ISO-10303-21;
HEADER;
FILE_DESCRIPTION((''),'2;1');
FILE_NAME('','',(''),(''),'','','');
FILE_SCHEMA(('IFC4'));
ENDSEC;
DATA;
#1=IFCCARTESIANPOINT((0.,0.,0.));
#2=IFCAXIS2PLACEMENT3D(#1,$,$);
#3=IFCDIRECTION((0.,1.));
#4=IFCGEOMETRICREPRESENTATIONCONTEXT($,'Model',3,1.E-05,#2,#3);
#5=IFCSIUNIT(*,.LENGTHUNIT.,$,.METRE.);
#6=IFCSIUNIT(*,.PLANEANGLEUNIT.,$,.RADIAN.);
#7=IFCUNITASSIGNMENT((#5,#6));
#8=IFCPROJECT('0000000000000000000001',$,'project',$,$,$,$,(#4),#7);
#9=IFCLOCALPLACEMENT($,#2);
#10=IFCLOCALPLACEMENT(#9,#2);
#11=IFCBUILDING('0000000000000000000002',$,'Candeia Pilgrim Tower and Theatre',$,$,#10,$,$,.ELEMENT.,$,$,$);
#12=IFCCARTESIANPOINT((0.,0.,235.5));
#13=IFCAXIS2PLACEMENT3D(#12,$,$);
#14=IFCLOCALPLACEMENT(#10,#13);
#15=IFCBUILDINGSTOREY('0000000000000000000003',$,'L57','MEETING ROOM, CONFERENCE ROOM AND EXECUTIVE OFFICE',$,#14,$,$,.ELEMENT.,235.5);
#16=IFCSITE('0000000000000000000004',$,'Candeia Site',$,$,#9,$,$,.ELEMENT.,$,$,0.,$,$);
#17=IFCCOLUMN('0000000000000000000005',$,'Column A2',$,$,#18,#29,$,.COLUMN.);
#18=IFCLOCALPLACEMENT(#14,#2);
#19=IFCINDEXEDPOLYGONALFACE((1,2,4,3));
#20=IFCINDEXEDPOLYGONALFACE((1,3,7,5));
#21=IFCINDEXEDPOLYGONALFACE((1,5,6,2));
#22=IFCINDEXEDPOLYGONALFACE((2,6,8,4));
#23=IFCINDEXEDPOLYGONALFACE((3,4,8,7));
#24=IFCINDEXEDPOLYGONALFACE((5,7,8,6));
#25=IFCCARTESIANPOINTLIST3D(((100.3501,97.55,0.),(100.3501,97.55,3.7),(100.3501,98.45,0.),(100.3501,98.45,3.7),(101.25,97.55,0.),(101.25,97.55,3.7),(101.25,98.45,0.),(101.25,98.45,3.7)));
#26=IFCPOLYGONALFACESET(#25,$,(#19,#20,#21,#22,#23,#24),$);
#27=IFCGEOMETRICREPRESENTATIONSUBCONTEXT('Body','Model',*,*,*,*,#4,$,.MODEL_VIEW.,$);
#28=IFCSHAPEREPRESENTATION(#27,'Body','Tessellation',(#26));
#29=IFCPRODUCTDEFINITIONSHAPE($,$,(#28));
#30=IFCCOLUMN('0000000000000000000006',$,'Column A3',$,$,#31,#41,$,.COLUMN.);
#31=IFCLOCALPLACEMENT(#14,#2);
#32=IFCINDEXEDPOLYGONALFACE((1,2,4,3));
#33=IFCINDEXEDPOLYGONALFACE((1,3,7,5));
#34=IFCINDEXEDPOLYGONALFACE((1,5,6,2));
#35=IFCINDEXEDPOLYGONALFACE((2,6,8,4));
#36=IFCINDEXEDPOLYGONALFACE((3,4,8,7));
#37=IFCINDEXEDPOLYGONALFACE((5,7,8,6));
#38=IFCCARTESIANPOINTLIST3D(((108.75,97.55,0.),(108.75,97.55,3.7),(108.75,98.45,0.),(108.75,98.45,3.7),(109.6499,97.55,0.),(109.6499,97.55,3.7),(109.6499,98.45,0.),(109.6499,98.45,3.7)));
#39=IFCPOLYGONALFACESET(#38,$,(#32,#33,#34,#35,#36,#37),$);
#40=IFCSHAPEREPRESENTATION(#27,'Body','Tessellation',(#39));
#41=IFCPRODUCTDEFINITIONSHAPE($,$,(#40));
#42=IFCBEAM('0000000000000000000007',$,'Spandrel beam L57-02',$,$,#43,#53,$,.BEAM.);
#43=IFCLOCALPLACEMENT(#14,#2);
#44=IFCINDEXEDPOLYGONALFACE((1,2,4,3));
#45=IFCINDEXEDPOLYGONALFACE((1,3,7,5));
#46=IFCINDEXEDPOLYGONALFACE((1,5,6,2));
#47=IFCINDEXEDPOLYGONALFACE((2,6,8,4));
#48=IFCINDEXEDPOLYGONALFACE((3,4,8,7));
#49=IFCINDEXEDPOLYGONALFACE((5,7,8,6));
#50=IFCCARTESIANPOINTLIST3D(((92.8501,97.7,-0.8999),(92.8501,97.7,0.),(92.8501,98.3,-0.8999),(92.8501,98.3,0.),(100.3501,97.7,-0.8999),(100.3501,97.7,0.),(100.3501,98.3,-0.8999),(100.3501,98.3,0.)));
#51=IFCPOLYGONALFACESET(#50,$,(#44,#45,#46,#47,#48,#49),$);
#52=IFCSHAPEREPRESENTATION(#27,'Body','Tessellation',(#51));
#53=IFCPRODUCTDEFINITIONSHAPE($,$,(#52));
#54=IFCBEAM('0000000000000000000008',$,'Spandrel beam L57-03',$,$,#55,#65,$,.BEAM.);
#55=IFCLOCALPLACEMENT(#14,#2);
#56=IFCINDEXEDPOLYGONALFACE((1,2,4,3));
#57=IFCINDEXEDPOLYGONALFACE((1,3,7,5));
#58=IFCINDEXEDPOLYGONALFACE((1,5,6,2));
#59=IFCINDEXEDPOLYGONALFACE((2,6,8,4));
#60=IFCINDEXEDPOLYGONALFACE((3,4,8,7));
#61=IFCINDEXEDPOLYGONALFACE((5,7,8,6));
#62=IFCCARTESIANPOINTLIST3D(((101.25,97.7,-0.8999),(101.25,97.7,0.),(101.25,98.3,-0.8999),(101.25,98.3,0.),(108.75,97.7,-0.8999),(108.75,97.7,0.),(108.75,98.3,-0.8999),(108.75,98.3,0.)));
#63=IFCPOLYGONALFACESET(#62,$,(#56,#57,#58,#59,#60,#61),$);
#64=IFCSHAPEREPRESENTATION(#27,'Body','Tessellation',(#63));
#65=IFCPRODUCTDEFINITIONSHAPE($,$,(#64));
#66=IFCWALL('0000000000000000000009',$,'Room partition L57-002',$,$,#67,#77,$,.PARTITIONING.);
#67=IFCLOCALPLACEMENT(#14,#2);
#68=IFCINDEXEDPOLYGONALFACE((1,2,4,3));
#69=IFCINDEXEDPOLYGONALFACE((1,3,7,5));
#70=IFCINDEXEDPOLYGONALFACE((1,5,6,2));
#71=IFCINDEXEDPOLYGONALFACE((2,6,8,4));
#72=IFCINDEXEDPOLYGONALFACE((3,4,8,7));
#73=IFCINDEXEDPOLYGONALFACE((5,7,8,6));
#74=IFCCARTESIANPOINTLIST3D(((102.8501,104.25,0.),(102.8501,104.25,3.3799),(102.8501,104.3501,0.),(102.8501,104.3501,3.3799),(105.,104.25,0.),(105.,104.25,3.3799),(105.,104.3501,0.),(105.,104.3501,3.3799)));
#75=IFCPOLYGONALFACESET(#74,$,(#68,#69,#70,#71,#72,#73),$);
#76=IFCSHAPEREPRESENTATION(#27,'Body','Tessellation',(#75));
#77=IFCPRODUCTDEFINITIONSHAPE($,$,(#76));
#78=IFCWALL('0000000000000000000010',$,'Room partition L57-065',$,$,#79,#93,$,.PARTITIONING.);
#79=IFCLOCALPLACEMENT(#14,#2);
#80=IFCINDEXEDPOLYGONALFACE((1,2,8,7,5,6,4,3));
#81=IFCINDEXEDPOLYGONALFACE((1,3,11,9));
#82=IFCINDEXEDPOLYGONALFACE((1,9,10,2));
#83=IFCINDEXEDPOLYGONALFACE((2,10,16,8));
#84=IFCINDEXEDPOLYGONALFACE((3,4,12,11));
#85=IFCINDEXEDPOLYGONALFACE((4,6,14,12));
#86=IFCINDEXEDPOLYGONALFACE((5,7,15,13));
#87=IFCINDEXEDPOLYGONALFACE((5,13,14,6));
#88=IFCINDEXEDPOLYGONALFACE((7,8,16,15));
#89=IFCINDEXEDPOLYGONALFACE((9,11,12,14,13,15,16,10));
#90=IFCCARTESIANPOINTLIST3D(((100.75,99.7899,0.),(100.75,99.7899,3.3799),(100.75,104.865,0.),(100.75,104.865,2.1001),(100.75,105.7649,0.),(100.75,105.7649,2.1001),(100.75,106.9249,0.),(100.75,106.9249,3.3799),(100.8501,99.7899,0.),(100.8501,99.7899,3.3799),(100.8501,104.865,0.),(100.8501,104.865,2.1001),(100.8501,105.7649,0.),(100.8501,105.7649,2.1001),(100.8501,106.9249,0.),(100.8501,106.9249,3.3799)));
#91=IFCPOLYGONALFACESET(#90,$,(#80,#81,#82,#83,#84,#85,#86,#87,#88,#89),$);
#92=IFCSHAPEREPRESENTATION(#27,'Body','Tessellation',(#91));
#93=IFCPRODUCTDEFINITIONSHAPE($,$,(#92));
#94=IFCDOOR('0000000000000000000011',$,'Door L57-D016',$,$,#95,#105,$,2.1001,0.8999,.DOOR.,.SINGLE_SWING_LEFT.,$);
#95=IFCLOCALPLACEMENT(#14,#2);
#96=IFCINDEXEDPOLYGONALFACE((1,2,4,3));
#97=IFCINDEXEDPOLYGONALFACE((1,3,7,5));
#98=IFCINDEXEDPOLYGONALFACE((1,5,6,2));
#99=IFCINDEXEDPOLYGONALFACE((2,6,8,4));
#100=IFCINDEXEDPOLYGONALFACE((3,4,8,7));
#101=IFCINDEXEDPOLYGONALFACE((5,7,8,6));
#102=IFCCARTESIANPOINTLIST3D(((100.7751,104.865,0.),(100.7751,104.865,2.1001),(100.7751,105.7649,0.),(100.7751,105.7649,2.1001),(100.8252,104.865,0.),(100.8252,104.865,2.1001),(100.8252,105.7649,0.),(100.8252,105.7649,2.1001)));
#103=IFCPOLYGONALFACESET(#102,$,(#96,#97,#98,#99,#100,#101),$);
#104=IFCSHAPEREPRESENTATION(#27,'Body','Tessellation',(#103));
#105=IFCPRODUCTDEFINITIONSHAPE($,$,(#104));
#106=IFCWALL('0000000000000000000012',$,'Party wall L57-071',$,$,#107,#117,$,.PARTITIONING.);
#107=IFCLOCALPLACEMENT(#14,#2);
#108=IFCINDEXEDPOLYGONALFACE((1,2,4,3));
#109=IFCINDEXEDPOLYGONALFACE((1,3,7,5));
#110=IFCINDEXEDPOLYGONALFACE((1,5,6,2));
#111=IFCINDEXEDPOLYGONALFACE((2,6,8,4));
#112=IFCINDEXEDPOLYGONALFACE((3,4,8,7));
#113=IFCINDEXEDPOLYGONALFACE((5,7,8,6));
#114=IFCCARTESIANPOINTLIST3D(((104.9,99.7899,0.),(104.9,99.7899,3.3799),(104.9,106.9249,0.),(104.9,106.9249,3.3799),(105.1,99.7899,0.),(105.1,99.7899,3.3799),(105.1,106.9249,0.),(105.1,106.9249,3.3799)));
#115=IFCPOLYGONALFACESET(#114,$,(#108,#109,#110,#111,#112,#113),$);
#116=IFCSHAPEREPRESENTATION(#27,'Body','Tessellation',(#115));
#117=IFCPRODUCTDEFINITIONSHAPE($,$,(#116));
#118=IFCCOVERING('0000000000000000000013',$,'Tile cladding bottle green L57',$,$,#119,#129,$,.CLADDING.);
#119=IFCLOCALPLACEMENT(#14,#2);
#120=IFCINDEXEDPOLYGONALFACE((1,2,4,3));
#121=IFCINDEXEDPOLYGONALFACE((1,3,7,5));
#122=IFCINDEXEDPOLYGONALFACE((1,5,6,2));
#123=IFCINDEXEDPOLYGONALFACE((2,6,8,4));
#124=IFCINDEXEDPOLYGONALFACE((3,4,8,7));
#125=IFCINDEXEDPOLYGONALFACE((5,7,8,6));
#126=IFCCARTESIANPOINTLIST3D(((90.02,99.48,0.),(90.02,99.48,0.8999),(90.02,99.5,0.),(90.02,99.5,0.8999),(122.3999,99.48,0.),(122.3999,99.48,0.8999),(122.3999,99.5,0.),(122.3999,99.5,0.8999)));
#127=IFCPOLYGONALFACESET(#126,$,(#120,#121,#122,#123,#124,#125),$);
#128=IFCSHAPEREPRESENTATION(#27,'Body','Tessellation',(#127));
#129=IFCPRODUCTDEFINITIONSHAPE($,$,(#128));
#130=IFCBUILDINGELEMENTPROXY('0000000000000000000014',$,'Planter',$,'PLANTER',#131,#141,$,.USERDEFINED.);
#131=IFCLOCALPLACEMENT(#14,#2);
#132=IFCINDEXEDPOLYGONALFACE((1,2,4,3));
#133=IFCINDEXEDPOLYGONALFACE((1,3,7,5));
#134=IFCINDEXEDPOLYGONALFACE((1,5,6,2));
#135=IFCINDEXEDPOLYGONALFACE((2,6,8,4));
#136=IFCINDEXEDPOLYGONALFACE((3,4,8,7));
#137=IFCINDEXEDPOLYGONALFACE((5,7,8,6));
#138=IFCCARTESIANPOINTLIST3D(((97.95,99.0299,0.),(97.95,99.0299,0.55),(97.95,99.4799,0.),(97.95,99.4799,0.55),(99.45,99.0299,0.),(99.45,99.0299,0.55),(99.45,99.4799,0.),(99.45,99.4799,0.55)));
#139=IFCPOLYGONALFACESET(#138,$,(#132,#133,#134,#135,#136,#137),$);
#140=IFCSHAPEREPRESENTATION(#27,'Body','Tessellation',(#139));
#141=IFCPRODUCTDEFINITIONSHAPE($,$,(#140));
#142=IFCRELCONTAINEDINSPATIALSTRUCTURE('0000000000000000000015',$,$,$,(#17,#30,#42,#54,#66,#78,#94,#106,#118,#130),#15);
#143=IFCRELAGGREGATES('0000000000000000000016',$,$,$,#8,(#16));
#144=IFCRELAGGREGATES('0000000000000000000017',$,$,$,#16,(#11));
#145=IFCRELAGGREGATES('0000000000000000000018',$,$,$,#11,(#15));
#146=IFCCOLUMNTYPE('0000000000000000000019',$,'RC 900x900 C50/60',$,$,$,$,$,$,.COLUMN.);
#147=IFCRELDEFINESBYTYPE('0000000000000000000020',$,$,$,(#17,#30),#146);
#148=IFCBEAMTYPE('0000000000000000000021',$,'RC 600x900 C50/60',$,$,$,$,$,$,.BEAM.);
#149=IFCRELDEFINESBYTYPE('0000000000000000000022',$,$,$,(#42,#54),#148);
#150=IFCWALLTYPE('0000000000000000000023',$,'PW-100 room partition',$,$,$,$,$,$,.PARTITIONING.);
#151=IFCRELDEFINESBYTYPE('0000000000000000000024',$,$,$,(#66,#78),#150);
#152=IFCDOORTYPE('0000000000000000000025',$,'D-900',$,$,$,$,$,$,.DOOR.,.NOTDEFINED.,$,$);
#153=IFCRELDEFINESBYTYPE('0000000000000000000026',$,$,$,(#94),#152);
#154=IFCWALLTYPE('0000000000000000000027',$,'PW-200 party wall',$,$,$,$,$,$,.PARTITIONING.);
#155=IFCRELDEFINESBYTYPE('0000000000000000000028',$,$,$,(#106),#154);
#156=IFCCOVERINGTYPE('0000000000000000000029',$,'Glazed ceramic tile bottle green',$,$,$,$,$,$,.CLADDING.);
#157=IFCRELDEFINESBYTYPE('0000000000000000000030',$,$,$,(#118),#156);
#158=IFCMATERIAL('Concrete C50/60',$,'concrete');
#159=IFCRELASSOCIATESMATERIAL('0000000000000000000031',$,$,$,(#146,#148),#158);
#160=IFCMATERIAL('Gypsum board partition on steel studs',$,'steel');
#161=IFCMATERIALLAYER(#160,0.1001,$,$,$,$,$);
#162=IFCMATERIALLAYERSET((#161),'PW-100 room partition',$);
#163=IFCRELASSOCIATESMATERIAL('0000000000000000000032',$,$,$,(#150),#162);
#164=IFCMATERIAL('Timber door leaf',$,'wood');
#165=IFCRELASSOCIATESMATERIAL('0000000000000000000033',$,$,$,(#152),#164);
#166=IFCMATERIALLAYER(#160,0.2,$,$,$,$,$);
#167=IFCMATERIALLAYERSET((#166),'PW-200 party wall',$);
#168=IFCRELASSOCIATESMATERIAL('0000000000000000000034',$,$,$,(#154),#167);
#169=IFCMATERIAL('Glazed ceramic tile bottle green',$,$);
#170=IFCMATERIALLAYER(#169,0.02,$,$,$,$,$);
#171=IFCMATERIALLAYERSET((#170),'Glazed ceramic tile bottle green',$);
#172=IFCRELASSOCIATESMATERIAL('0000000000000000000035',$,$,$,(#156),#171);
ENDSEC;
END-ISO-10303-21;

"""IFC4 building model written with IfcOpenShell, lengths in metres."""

from ifc_helpers import new_model, si_unit, direction, frame, frame_2d, origin, origin_2d, place, context, subcontext, project, spatial, rectangle, extrude, material, layer, layer_set, material_profile, profile_set, type_object, element, fill, save


model = new_model("IFC4")

# Units and contexts
model_context = context("Model", 3, precision=1e-05, world=origin(), true_north=direction((0.0, 1.0)))
body_context = subcontext(model_context, "Body", "Model", "MODEL_VIEW")
ifc_project = project(units=[si_unit("LENGTHUNIT", "METRE"), si_unit("PLANEANGLEUNIT", "RADIAN")], contexts=[model_context])

# Site, building, storey
site_placement = place(None, origin())
site = spatial("IfcSite", under=ifc_project, at=site_placement, Name="Candeia Site", CompositionType="ELEMENT", RefElevation=0.0)
building_placement = place(site_placement, origin())
building = spatial("IfcBuilding", under=site, at=building_placement, Name="Candeia Pilgrim Tower and Theatre", CompositionType="ELEMENT")
storey_placement = place(building_placement, frame((0.0, 0.0, 235.5)))
storey = spatial("IfcBuildingStorey", under=building, at=storey_placement, Name="L57", Description="MEETING ROOM, CONFERENCE ROOM AND EXECUTIVE OFFICE", CompositionType="ELEMENT", Elevation=235.5)

# Columns
ifc_material_1 = material(Name="Concrete C50/60", Category="concrete")
ifc_material_profile_1 = material_profile(ifc_material_1, rectangle(XDim=0.8999, YDim=0.8999, at=origin_2d()))
ifc_profile_set_1 = profile_set([ifc_material_profile_1], Name="Concrete C50/60")
column_type = type_object("IfcColumnType", Name="RC 900x900 C50/60", PredefinedType="COLUMN", material=ifc_profile_set_1)
for number, where, z_axis, x_axis, name in (
    (1, (100.8, 98.0, 0.0), (0.0, 0.0, 1.0), (1.0, 0.0, 0.0), "Column A2"),
    (2, (109.2, 98.0, 0.0), (0.0, 0.0, 1.0), (1.0, 0.0, 0.0), "Column A3"),
):
    element("IfcColumn", number, at=place(storey_placement, frame(where, z_axis=z_axis, x_axis=x_axis)), inside=storey, type_object=column_type, Name=name, PredefinedType="COLUMN", context=body_context, shape_type="SweptSolid", body=[
        extrude(rectangle(XDim=0.8999, YDim=0.8999, at=origin_2d()), origin(), (0.0, 0.0, 1.0), 3.7),
    ])

# Beams
ifc_material_profile_2 = material_profile(ifc_material_1, rectangle(XDim=0.6001, YDim=0.8999, at=origin_2d()))
ifc_profile_set_2 = profile_set([ifc_material_profile_2], Name="Concrete C50/60")
beam_type = type_object("IfcBeamType", Name="RC 600x900 C50/60", PredefinedType="BEAM", material=ifc_profile_set_2)
for number, where, z_axis, x_axis, name in (
    (3, (92.8501, 98.0, -0.45), (1.0, 0.0, 0.0), (0.0, 1.0, 0.0), "Spandrel beam L57-02"),
    (4, (101.25, 98.0, -0.45), (1.0, 0.0, 0.0), (0.0, 1.0, 0.0), "Spandrel beam L57-03"),
):
    element("IfcBeam", number, at=place(storey_placement, frame(where, z_axis=z_axis, x_axis=x_axis)), inside=storey, type_object=beam_type, Name=name, PredefinedType="BEAM", context=body_context, shape_type="SweptSolid", body=[
        extrude(rectangle(XDim=0.6001, YDim=0.8999, at=origin_2d()), origin(), (0.0, 0.0, 1.0), 7.5),
    ])

# Wall
ifc_material_2 = material(Name="Gypsum board partition on steel studs", Category="steel")
ifc_layer_1 = layer(ifc_material_2, 0.1001)
ifc_layer_set_1 = layer_set([ifc_layer_1], Name="PW-100 room partition")
wall_type_1 = type_object("IfcWallType", Name="PW-100 room partition", PredefinedType="PARTITIONING", material=ifc_layer_set_1)
wall_1_placement = place(storey_placement, frame((102.8501, 104.3, 0.0), z_axis=(0.0, 0.0, 1.0), x_axis=(1.0, 0.0, 0.0)))
element("IfcWall", 5, at=wall_1_placement, inside=storey, type_object=wall_type_1, Name="Room partition L57-002", PredefinedType="PARTITIONING", context=body_context, shape_type="SweptSolid", body=[
    extrude(rectangle(XDim=2.1499, YDim=0.1001, at=frame_2d((1.075, 0.0))), origin(), (0.0, 0.0, 1.0), 3.3799),
])

# Wall, opening, door
wall_2_placement = place(storey_placement, frame((100.8, 99.79, 0.0), z_axis=(0.0, 0.0, 1.0), x_axis=(0.0, 1.0, 0.0)))
wall_2 = element("IfcWall", 6, at=wall_2_placement, inside=storey, type_object=wall_type_1, Name="Room partition L57-065", PredefinedType="PARTITIONING", context=body_context, shape_type="SweptSolid", body=[
    extrude(rectangle(XDim=7.135, YDim=0.1001, at=frame_2d((3.5674, 0.0))), origin(), (0.0, 0.0, 1.0), 3.3799),
])
opening_placement = place(wall_2_placement, frame((5.075, 0.0, 0.0)))
opening = element("IfcOpeningElement", 7, at=opening_placement, cuts=wall_2, PredefinedType="OPENING", context=body_context, shape_type="SweptSolid", body=[
    extrude(rectangle(XDim=0.8999, YDim=2.1001, at=frame_2d((0.45, 1.05))), frame((0.0, 0.0601, 0.0), z_axis=(0.0, -1.0, 0.0), x_axis=(1.0, 0.0, 0.0)), (0.0, 0.0, 1.0), 0.1201),
])
ifc_material_3 = material(Name="Timber door leaf", Category="wood")
door_type = type_object("IfcDoorType", Name="D-900", OperationType="NOTDEFINED", PredefinedType="DOOR", material=ifc_material_3)
door_placement = place(opening_placement, origin())
door = element("IfcDoor", 8, at=door_placement, inside=storey, type_object=door_type, Name="Door L57-D016", OperationType="SINGLE_SWING_LEFT", OverallHeight=2.1001, OverallWidth=0.8999, PredefinedType="DOOR", context=body_context, shape_type="SweptSolid", body=[
    extrude(rectangle(XDim=0.8999, YDim=2.1001, at=frame_2d((0.45, 1.05))), frame((0.0, 0.0249, 0.0), z_axis=(0.0, -1.0, 0.0), x_axis=(1.0, 0.0, 0.0)), (0.0, 0.0, 1.0), 0.05),
])
fill(opening, door)

# Wall
ifc_layer_2 = layer(ifc_material_2, 0.2)
ifc_layer_set_2 = layer_set([ifc_layer_2], Name="PW-200 party wall")
wall_type_2 = type_object("IfcWallType", Name="PW-200 party wall", PredefinedType="PARTITIONING", material=ifc_layer_set_2)
wall_3_placement = place(storey_placement, frame((105.0, 99.79, 0.0), z_axis=(0.0, 0.0, 1.0), x_axis=(0.0, 1.0, 0.0)))
element("IfcWall", 9, at=wall_3_placement, inside=storey, type_object=wall_type_2, Name="Party wall L57-071", PredefinedType="PARTITIONING", context=body_context, shape_type="SweptSolid", body=[
    extrude(rectangle(XDim=7.135, YDim=0.2, at=frame_2d((3.5674, 0.0))), origin(), (0.0, 0.0, 1.0), 3.3799),
])

# Covering
ifc_material_4 = material(Name="Glazed ceramic tile bottle green")
ifc_layer_3 = layer(ifc_material_4, 0.02)
ifc_layer_set_3 = layer_set([ifc_layer_3], Name="Glazed ceramic tile bottle green")
covering_type = type_object("IfcCoveringType", Name="Glazed ceramic tile bottle green", PredefinedType="CLADDING", material=ifc_layer_set_3)
covering_placement = place(storey_placement, frame((106.21, 99.49, 0.0), z_axis=(0.0, 0.0, 1.0), x_axis=(1.0, 0.0, 0.0)))
element("IfcCovering", 10, at=covering_placement, inside=storey, type_object=covering_type, Name="Tile cladding bottle green L57", PredefinedType="CLADDING", context=body_context, shape_type="SweptSolid", body=[
    extrude(rectangle(XDim=32.3799, YDim=0.02, at=origin_2d()), origin(), (0.0, 0.0, 1.0), 0.8999),
])

# Building element proxy
proxy_placement = place(storey_placement, frame((98.7, 99.2549, 0.0), z_axis=(0.0, 0.0, 1.0), x_axis=(1.0, 0.0, 0.0)))
element("IfcBuildingElementProxy", 11, at=proxy_placement, inside=storey, Name="Planter", ObjectType="PLANTER", PredefinedType="USERDEFINED", context=body_context, shape_type="SweptSolid", body=[
    extrude(rectangle(XDim=1.5, YDim=0.45, at=origin_2d()), origin(), (0.0, 0.0, 1.0), 0.55),
])

save(model, "model.ifc")
